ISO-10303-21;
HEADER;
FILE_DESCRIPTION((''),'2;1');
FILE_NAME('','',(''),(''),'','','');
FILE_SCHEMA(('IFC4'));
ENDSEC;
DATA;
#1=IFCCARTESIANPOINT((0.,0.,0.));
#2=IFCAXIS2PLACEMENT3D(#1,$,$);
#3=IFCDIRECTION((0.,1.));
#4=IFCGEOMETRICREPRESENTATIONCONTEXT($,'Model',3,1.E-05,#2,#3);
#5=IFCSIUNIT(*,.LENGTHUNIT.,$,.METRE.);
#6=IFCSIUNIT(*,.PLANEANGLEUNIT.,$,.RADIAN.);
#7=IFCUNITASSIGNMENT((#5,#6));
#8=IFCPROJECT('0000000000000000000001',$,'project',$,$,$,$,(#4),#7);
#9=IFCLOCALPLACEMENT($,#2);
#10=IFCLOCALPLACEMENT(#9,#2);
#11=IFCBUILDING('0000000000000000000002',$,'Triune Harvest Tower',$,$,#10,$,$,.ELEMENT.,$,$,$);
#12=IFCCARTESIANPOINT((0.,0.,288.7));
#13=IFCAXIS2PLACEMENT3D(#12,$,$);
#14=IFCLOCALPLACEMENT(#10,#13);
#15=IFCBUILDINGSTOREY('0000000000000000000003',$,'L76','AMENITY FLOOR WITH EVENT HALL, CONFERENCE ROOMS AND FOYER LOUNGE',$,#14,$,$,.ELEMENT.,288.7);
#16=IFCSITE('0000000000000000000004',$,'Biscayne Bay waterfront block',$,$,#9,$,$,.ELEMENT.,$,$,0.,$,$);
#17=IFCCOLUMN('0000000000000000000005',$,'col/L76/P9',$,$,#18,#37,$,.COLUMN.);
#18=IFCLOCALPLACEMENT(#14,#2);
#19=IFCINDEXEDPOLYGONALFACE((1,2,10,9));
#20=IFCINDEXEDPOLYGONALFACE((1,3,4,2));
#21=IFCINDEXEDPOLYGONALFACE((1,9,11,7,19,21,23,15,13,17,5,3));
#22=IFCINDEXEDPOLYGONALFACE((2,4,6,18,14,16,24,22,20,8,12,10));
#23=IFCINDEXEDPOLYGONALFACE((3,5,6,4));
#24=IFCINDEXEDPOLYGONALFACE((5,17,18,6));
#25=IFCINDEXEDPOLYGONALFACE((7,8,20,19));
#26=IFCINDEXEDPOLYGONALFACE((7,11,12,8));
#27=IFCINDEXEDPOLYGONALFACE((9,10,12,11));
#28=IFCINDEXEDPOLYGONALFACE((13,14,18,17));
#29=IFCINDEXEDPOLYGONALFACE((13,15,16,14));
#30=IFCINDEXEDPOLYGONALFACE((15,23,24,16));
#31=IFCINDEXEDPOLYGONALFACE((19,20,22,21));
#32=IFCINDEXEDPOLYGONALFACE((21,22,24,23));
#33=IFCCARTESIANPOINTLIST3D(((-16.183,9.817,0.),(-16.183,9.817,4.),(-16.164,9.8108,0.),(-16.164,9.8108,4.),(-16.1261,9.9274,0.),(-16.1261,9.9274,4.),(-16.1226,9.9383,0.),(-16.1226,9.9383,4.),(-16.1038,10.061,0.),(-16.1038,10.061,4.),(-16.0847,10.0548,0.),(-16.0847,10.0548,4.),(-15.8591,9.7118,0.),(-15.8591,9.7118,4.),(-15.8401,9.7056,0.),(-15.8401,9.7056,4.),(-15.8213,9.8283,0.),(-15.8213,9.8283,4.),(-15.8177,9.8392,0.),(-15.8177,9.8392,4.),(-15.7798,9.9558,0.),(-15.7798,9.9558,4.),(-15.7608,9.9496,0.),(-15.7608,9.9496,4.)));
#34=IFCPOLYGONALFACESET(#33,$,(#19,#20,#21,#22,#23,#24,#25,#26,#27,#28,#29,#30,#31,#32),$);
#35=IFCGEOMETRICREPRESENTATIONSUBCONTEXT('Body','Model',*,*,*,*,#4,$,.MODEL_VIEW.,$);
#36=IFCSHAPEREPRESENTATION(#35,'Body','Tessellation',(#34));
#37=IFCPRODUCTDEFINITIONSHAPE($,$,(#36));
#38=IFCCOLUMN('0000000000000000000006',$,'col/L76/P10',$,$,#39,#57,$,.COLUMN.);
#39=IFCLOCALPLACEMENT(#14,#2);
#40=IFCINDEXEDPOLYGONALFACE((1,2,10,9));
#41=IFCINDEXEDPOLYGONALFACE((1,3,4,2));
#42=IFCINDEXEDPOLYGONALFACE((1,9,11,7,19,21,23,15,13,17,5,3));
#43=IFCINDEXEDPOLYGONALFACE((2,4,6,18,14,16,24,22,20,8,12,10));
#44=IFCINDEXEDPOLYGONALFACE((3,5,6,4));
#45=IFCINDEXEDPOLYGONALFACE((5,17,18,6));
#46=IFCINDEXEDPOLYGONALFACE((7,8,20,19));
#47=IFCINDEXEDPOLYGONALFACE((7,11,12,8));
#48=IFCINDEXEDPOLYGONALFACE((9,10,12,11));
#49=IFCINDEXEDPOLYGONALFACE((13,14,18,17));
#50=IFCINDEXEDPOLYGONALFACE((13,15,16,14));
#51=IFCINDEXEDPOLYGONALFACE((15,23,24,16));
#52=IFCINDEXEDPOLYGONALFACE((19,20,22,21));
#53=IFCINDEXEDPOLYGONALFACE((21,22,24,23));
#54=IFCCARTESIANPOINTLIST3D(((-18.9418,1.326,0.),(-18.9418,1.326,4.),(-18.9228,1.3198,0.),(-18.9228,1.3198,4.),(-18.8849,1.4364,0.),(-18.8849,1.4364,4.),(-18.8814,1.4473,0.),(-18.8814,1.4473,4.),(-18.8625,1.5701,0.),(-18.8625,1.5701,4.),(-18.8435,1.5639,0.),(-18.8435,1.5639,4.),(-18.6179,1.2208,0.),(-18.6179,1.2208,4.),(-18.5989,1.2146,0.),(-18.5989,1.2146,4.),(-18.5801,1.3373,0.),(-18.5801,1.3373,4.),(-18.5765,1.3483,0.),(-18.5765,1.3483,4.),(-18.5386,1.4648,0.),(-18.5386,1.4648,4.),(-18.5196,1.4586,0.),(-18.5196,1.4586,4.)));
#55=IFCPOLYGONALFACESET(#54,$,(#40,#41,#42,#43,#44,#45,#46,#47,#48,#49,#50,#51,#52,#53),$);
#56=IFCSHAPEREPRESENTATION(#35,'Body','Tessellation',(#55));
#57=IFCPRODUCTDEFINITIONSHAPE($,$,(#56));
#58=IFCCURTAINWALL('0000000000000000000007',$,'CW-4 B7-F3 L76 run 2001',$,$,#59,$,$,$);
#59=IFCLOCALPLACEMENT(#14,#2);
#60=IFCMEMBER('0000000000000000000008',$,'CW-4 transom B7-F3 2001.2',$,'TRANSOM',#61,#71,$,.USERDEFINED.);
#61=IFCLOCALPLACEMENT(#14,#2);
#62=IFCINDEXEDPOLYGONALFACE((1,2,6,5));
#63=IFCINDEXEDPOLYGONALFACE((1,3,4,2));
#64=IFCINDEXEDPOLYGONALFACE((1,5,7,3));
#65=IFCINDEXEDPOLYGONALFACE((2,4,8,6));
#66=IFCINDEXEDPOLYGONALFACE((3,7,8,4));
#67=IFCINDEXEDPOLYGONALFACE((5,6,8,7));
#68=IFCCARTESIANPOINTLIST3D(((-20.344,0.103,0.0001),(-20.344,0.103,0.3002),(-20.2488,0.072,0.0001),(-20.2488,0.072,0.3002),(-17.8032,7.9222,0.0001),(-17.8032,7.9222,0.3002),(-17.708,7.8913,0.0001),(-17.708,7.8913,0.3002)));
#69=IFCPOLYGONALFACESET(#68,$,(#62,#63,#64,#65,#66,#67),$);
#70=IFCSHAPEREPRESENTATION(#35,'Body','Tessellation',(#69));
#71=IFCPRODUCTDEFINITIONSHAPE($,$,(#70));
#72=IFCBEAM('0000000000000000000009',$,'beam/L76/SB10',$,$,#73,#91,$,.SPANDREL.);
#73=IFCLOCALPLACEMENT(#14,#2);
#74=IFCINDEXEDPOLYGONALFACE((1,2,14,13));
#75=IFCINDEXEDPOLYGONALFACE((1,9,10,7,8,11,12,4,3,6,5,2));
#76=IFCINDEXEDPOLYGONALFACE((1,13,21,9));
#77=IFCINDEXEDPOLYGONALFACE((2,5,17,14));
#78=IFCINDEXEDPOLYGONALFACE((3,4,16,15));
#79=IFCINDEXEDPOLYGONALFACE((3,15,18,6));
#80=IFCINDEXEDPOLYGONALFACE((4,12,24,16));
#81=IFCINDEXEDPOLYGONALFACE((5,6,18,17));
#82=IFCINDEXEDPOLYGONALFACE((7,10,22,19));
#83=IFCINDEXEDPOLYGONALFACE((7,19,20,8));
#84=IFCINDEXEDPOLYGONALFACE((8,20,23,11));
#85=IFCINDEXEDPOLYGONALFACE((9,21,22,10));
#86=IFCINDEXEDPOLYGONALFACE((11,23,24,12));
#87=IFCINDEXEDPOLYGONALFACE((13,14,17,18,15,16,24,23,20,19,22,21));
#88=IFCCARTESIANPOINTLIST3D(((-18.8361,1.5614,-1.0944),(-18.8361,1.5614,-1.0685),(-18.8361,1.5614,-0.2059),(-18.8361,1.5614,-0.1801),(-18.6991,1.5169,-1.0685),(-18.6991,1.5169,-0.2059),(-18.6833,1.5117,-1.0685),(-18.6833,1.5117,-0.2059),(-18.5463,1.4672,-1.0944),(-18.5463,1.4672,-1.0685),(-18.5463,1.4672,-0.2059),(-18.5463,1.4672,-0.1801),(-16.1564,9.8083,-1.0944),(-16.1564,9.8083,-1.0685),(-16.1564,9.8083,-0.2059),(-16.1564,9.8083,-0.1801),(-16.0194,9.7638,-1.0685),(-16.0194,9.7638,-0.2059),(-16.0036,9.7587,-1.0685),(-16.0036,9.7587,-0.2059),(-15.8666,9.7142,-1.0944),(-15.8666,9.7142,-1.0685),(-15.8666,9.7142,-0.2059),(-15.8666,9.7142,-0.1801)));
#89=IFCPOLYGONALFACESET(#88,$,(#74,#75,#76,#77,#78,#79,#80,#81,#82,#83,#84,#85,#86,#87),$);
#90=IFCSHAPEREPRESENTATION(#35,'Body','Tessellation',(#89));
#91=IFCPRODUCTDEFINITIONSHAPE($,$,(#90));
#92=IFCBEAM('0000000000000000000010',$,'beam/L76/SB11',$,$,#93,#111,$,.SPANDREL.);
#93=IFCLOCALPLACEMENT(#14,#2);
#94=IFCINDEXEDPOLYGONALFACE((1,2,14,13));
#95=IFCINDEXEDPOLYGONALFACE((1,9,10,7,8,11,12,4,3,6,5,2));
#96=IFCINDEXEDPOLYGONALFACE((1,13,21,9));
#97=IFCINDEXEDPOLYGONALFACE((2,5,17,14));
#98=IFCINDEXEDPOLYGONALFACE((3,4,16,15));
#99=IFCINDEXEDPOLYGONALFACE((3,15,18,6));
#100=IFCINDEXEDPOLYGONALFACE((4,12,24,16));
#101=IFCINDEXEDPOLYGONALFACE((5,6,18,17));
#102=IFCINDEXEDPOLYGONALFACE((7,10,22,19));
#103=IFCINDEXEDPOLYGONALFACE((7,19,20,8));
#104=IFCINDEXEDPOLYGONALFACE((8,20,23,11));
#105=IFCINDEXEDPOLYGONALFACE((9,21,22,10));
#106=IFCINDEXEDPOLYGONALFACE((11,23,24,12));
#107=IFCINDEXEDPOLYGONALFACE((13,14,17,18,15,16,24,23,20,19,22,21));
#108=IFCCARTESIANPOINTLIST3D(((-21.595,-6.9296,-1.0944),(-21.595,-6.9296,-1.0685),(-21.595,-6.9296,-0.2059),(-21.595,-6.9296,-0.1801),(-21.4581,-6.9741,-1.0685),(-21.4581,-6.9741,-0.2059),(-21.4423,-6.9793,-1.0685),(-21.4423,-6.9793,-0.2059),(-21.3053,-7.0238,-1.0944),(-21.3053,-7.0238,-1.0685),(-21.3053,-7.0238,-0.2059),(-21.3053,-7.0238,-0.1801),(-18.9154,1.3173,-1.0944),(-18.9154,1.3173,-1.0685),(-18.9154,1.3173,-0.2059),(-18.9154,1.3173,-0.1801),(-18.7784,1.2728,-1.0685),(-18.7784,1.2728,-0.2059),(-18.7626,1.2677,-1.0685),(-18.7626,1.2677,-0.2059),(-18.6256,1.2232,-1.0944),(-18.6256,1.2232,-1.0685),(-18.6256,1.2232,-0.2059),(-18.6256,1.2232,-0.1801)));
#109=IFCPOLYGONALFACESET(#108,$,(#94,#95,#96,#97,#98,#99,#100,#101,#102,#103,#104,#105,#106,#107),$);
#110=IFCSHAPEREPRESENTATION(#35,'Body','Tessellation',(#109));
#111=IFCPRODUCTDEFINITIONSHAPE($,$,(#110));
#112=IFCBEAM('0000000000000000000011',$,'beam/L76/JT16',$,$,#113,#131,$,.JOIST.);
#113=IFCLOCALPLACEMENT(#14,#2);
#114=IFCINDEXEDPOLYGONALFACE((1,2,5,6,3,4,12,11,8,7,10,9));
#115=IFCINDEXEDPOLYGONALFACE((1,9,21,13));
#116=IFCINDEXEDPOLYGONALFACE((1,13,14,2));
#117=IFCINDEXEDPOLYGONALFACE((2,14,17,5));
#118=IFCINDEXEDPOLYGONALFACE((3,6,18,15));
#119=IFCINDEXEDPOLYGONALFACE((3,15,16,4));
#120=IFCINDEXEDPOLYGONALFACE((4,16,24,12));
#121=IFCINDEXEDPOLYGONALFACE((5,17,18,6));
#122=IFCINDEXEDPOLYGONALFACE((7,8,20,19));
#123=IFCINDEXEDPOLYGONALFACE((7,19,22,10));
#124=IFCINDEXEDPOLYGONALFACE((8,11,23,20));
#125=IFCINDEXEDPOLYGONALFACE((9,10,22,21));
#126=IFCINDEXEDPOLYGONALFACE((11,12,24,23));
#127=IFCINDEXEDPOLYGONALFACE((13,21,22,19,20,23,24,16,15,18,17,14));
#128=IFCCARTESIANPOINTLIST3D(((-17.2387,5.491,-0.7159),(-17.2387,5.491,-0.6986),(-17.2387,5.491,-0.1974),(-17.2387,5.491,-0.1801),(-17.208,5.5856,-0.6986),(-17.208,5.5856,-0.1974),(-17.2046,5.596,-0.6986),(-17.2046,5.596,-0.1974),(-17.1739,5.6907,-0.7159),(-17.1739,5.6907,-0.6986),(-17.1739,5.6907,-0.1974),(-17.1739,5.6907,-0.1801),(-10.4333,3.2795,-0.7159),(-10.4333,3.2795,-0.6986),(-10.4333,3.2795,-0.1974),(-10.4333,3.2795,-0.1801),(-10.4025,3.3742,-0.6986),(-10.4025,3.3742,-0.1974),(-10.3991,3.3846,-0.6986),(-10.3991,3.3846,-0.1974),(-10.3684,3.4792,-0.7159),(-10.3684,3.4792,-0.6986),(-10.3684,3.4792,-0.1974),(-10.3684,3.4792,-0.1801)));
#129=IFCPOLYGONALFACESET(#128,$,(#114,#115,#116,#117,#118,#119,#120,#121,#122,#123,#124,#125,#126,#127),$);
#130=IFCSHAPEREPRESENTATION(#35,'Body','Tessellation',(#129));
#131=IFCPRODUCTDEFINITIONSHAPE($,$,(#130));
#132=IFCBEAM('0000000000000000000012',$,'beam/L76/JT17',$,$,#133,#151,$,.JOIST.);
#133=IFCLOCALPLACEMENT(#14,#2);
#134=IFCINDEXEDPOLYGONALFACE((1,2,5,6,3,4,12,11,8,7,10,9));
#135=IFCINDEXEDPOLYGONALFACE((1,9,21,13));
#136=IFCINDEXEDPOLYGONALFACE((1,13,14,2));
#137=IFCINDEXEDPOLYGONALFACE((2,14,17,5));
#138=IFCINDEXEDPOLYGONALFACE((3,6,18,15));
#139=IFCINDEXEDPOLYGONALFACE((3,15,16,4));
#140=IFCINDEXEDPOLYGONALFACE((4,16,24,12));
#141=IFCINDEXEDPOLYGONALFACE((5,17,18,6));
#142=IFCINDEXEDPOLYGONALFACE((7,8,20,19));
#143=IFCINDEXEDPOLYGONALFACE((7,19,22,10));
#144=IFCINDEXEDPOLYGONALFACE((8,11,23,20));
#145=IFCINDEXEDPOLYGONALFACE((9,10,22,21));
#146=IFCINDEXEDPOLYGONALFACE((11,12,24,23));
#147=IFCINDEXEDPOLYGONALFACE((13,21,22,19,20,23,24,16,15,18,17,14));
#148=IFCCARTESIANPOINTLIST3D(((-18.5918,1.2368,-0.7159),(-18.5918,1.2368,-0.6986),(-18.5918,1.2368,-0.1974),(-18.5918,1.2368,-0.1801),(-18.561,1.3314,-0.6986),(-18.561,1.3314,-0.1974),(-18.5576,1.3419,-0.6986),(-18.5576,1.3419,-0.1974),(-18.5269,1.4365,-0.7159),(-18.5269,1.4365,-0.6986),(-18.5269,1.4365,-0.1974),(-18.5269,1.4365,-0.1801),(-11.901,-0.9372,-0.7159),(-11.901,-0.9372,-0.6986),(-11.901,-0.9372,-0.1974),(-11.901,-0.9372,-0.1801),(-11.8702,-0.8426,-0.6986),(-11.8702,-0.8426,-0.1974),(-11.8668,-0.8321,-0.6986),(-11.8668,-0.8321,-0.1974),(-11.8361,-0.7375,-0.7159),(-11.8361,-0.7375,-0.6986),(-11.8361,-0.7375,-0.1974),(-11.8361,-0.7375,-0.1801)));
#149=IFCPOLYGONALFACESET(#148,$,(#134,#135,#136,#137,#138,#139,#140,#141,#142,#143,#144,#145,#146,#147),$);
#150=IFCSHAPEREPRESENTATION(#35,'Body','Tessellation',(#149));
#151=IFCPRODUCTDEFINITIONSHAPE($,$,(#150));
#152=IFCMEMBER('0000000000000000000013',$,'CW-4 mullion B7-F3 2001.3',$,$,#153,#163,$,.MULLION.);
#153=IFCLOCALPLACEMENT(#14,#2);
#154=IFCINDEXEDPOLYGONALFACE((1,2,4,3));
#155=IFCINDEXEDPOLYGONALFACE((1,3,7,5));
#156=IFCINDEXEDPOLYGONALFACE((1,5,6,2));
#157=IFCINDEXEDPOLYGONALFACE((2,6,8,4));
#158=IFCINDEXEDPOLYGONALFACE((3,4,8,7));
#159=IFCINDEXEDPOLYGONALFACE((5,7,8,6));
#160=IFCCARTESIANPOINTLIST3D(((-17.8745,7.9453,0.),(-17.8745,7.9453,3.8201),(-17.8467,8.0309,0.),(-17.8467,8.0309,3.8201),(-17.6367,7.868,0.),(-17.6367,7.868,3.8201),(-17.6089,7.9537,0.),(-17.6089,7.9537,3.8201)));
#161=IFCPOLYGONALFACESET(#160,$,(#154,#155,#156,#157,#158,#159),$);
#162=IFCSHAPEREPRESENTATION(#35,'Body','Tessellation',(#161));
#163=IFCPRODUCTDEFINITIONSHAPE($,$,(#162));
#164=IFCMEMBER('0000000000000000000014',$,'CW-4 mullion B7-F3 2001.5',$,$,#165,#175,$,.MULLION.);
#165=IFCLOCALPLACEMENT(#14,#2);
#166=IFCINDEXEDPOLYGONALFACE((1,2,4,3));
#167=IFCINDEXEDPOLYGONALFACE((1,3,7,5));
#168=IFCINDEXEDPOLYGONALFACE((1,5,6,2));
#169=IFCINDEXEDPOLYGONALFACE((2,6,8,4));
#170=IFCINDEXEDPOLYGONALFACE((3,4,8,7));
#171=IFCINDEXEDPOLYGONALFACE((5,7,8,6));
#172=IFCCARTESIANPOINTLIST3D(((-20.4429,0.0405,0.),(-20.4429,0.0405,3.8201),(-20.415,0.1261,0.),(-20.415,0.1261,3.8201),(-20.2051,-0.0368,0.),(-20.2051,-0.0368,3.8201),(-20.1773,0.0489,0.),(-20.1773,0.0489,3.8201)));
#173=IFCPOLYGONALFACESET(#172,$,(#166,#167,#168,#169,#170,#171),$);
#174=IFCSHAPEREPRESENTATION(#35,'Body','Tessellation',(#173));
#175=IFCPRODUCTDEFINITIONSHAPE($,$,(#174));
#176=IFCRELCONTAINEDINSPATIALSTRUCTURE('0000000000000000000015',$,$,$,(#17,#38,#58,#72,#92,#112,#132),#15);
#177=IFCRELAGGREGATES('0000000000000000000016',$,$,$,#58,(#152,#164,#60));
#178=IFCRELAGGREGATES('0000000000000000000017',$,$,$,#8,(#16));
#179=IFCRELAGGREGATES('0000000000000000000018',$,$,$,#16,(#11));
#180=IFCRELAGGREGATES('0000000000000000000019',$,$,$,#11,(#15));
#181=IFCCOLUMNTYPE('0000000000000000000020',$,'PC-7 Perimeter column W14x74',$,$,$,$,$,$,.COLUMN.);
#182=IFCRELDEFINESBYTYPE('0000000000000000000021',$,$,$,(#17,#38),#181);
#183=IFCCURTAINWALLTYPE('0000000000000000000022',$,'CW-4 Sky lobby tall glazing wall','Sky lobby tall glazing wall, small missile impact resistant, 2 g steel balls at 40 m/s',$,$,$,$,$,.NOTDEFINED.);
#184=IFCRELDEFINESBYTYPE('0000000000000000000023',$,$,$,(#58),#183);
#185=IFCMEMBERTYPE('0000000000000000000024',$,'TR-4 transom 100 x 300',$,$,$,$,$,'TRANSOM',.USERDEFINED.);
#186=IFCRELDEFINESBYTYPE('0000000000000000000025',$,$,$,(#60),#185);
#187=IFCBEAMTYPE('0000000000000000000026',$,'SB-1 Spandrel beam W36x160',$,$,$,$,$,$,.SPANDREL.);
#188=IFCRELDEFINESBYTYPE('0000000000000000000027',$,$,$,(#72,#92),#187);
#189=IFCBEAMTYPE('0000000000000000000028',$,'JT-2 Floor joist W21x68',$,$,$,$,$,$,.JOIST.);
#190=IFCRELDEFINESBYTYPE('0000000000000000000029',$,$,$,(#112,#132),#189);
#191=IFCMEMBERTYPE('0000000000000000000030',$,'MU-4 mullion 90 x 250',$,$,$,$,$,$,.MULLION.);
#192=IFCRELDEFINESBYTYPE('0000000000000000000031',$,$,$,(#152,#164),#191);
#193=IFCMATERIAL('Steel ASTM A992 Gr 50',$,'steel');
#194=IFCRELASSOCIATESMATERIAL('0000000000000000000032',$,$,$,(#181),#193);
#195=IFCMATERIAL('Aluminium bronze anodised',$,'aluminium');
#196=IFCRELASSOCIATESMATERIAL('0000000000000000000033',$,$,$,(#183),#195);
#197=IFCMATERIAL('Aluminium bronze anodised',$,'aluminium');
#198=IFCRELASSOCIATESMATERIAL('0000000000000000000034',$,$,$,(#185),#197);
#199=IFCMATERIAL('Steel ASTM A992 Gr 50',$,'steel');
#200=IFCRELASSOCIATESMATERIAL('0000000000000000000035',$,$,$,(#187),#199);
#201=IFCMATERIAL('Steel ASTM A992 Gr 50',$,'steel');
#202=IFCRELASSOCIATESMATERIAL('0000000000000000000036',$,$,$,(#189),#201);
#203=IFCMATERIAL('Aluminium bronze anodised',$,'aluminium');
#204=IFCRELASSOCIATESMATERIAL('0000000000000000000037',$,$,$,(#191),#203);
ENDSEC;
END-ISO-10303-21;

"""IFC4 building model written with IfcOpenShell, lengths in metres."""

from ifc_helpers import new_model, si_unit, direction, frame, origin, origin_2d, place, context, subcontext, project, spatial, rectangle, i_section, extrude, source, transform, mapped, material, material_profile, profile_set, type_object, element, aggregate, save


model = new_model("IFC4")

# Units and contexts
model_context = context("Model", 3, precision=1e-05, world=origin(), true_north=direction((0.0, 1.0)))
body_context = subcontext(model_context, "Body", "Model", "MODEL_VIEW")
ifc_project = project(units=[si_unit("LENGTHUNIT", "METRE"), si_unit("PLANEANGLEUNIT", "RADIAN")], contexts=[model_context])

# Site, building, storey
site_placement = place(None, origin())
site = spatial("IfcSite", under=ifc_project, at=site_placement, Name="Biscayne Bay waterfront block", CompositionType="ELEMENT", RefElevation=0.0)
building_placement = place(site_placement, origin())
building = spatial("IfcBuilding", under=site, at=building_placement, Name="Triune Harvest Tower", CompositionType="ELEMENT")
storey_placement = place(building_placement, frame((0.0, 0.0, 288.7)))
storey = spatial("IfcBuildingStorey", under=building, at=storey_placement, Name="L76", Description="AMENITY FLOOR WITH EVENT HALL, CONFERENCE ROOMS AND FOYER LOUNGE", CompositionType="ELEMENT", Elevation=288.7)

# Columns
ifc_material_1 = material(Name="Steel ASTM A992 Gr 50", Category="steel")
ifc_material_profile_1 = material_profile(ifc_material_1, i_section(OverallWidth=0.2566, OverallDepth=0.3606, WebThickness=0.0115, FlangeThickness=0.02, at=origin_2d()), Name="W14x74")
ifc_profile_set_1 = profile_set([ifc_material_profile_1], Name="Steel ASTM A992 Gr 50")
column_type = type_object("IfcColumnType", Name="PC-7 Perimeter column W14x74", PredefinedType="COLUMN", material=ifc_profile_set_1)
shared_shape_1 = source(origin(), body_context, "Body", "SweptSolid", [
    extrude(i_section(OverallWidth=0.2566, OverallDepth=0.3606, WebThickness=0.0115, FlangeThickness=0.02, at=origin_2d()), origin(), (0.0, 0.0, 1.0), 4.0),
])
for number, where, z_axis, x_axis, name in (
    (1, (-15.9719, 9.8833, 0.0), (0.0, 0.0, 1.0), (-0.309015, -0.951057, 0.0), "col/L76/P9"),
    (2, (-18.7307, 1.3923, 0.0), (0.0, 0.0, 1.0), (-0.309015, -0.951057, 0.0), "col/L76/P10"),
):
    element("IfcColumn", number, at=place(storey_placement, frame(where, z_axis=z_axis, x_axis=x_axis)), inside=storey, type_object=column_type, Name=name, PredefinedType="COLUMN", context=body_context, shape_type="MappedRepresentation", body=[
        mapped(shared_shape_1, transform((0.0, 0.0, 0.0), scale=1.0)),
    ])

# Curtain wall, member
ifc_material_2 = material(Name="Aluminium bronze anodised", Category="aluminium")
curtain_wall_type = type_object("IfcCurtainWallType", Name="CW-4 Sky lobby tall glazing wall", Description="Sky lobby tall glazing wall, small missile impact resistant, 2 g steel balls at 40 m/s", PredefinedType="NOTDEFINED", material=ifc_material_2)
curtain_wall_placement = place(storey_placement, origin())
curtain_wall = element("IfcCurtainWall", 3, at=curtain_wall_placement, inside=storey, type_object=curtain_wall_type, Name="CW-4 B7-F3 L76 run 2001")
ifc_material_3 = material(Name="Aluminium bronze anodised", Category="aluminium")
ifc_material_profile_2 = material_profile(ifc_material_3, rectangle(XDim=0.1001, YDim=0.3, at=origin_2d()), Name="TR-4 transom 100 x 300")
ifc_profile_set_2 = profile_set([ifc_material_profile_2], Name="Aluminium bronze anodised")
member_type_1 = type_object("IfcMemberType", Name="TR-4 transom 100 x 300", ElementType="TRANSOM", PredefinedType="USERDEFINED", material=ifc_profile_set_2)
member_1_placement = place(storey_placement, frame((-17.7556, 7.9067, 0.1501), z_axis=(-0.30903, -0.951052, 0.0), x_axis=(0.951052, -0.30903, 0.0)))
member_1 = element("IfcMember", 4, at=member_1_placement, type_object=member_type_1, Name="CW-4 transom B7-F3 2001.2", ObjectType="TRANSOM", PredefinedType="USERDEFINED", context=body_context, shape_type="SweptSolid", body=[
    extrude(rectangle(XDim=0.1001, YDim=0.3, at=origin_2d()), origin(), (0.0, 0.0, 1.0), 8.2217),
])

# Beams
ifc_material_4 = material(Name="Steel ASTM A992 Gr 50", Category="steel")
ifc_material_profile_3 = material_profile(ifc_material_4, i_section(OverallWidth=0.3047, OverallDepth=0.9143, WebThickness=0.0166, FlangeThickness=0.0259, at=origin_2d()), Name="W36x160")
ifc_profile_set_3 = profile_set([ifc_material_profile_3], Name="Steel ASTM A992 Gr 50")
beam_type_1 = type_object("IfcBeamType", Name="SB-1 Spandrel beam W36x160", PredefinedType="SPANDREL", material=ifc_profile_set_3)
shared_shape_2 = source(origin(), body_context, "Body", "SweptSolid", [
    extrude(i_section(OverallWidth=0.3047, OverallDepth=0.9143, WebThickness=0.0166, FlangeThickness=0.0259, at=origin_2d()), origin(), (0.0, 0.0, 1.0), 8.6714),
])
for number, where, z_axis, x_axis, name in (
    (5, (-16.0115, 9.7612, -0.6372), (-0.309031, -0.951052, 0.0), (0.951052, -0.309031, 0.0), "beam/L76/SB10"),
    (6, (-18.7705, 1.2703, -0.6372), (-0.309022, -0.951055, 0.0), (0.951055, -0.309022, 0.0), "beam/L76/SB11"),
):
    element("IfcBeam", number, at=place(storey_placement, frame(where, z_axis=z_axis, x_axis=x_axis)), inside=storey, type_object=beam_type_1, Name=name, PredefinedType="SPANDREL", context=body_context, shape_type="MappedRepresentation", body=[
        mapped(shared_shape_2, transform((0.0, 0.0, 0.0), scale=1.0)),
    ])
ifc_material_5 = material(Name="Steel ASTM A992 Gr 50", Category="steel")
ifc_material_profile_4 = material_profile(ifc_material_5, i_section(OverallWidth=0.21, OverallDepth=0.5359, WebThickness=0.011, FlangeThickness=0.0173, at=origin_2d()), Name="W21x68")
ifc_profile_set_4 = profile_set([ifc_material_profile_4], Name="Steel ASTM A992 Gr 50")
beam_type_2 = type_object("IfcBeamType", Name="JT-2 Floor joist W21x68", PredefinedType="JOIST", material=ifc_profile_set_4)
shared_shape_3 = source(origin(), body_context, "Body", "SweptSolid", [
    extrude(i_section(OverallWidth=0.21, OverallDepth=0.5359, WebThickness=0.011, FlangeThickness=0.0173, at=origin_2d()), origin(), (0.0, 0.0, 1.0), 7.1558),
])
beam_1_placement = place(storey_placement, frame((-17.2063, 5.5908, -0.448), z_axis=(0.951048, -0.309044, 0.0), x_axis=(0.309044, 0.951048, 0.0)))
element("IfcBeam", 7, at=beam_1_placement, inside=storey, type_object=beam_type_2, Name="beam/L76/JT16", PredefinedType="JOIST", context=body_context, shape_type="MappedRepresentation", body=[
    mapped(shared_shape_3, transform((0.0, 0.0, 0.0), scale=1.0)),
])
shared_shape_4 = source(origin(), body_context, "Body", "SweptSolid", [
    extrude(i_section(OverallWidth=0.21, OverallDepth=0.5359, WebThickness=0.011, FlangeThickness=0.0173, at=origin_2d()), origin(), (0.0, 0.0, 1.0), 7.0352),
])
beam_2_placement = place(storey_placement, frame((-18.5593, 1.3367, -0.448), z_axis=(0.951054, -0.309025, 0.0), x_axis=(0.309025, 0.951054, 0.0)))
element("IfcBeam", 8, at=beam_2_placement, inside=storey, type_object=beam_type_2, Name="beam/L76/JT17", PredefinedType="JOIST", context=body_context, shape_type="MappedRepresentation", body=[
    mapped(shared_shape_4, transform((0.0, 0.0, 0.0), scale=1.0)),
])

# Members
ifc_material_6 = material(Name="Aluminium bronze anodised", Category="aluminium")
ifc_material_profile_5 = material_profile(ifc_material_6, rectangle(XDim=0.25, YDim=0.0901, at=origin_2d()), Name="MU-4 mullion 90 x 250")
ifc_profile_set_5 = profile_set([ifc_material_profile_5], Name="Aluminium bronze anodised")
member_type_2 = type_object("IfcMemberType", Name="MU-4 mullion 90 x 250", PredefinedType="MULLION", material=ifc_profile_set_5)
shared_shape_5 = source(origin(), body_context, "Body", "SweptSolid", [
    extrude(rectangle(XDim=0.25, YDim=0.0901, at=origin_2d()), origin(), (0.0, 0.0, 1.0), 3.8201),
])
member_2_placement = place(storey_placement, frame((-17.7417, 7.9495, 0.0), z_axis=(0.0, 0.0, 1.0), x_axis=(0.951056, -0.30902, 0.0)))
member_2 = element("IfcMember", 9, at=member_2_placement, type_object=member_type_2, Name="CW-4 mullion B7-F3 2001.3", PredefinedType="MULLION", context=body_context, shape_type="MappedRepresentation", body=[
    mapped(shared_shape_5, transform((0.0, 0.0, 0.0), scale=1.0)),
])
member_3_placement = place(storey_placement, frame((-20.3101, 0.0447, 0.0), z_axis=(0.0, 0.0, 1.0), x_axis=(0.951056, -0.30902, 0.0)))
member_3 = element("IfcMember", 10, at=member_3_placement, type_object=member_type_2, Name="CW-4 mullion B7-F3 2001.5", PredefinedType="MULLION", context=body_context, shape_type="MappedRepresentation", body=[
    mapped(shared_shape_5, transform((0.0, 0.0, 0.0), scale=1.0)),
])

aggregate(curtain_wall, [member_2, member_3, member_1])

save(model, "model.ifc")
